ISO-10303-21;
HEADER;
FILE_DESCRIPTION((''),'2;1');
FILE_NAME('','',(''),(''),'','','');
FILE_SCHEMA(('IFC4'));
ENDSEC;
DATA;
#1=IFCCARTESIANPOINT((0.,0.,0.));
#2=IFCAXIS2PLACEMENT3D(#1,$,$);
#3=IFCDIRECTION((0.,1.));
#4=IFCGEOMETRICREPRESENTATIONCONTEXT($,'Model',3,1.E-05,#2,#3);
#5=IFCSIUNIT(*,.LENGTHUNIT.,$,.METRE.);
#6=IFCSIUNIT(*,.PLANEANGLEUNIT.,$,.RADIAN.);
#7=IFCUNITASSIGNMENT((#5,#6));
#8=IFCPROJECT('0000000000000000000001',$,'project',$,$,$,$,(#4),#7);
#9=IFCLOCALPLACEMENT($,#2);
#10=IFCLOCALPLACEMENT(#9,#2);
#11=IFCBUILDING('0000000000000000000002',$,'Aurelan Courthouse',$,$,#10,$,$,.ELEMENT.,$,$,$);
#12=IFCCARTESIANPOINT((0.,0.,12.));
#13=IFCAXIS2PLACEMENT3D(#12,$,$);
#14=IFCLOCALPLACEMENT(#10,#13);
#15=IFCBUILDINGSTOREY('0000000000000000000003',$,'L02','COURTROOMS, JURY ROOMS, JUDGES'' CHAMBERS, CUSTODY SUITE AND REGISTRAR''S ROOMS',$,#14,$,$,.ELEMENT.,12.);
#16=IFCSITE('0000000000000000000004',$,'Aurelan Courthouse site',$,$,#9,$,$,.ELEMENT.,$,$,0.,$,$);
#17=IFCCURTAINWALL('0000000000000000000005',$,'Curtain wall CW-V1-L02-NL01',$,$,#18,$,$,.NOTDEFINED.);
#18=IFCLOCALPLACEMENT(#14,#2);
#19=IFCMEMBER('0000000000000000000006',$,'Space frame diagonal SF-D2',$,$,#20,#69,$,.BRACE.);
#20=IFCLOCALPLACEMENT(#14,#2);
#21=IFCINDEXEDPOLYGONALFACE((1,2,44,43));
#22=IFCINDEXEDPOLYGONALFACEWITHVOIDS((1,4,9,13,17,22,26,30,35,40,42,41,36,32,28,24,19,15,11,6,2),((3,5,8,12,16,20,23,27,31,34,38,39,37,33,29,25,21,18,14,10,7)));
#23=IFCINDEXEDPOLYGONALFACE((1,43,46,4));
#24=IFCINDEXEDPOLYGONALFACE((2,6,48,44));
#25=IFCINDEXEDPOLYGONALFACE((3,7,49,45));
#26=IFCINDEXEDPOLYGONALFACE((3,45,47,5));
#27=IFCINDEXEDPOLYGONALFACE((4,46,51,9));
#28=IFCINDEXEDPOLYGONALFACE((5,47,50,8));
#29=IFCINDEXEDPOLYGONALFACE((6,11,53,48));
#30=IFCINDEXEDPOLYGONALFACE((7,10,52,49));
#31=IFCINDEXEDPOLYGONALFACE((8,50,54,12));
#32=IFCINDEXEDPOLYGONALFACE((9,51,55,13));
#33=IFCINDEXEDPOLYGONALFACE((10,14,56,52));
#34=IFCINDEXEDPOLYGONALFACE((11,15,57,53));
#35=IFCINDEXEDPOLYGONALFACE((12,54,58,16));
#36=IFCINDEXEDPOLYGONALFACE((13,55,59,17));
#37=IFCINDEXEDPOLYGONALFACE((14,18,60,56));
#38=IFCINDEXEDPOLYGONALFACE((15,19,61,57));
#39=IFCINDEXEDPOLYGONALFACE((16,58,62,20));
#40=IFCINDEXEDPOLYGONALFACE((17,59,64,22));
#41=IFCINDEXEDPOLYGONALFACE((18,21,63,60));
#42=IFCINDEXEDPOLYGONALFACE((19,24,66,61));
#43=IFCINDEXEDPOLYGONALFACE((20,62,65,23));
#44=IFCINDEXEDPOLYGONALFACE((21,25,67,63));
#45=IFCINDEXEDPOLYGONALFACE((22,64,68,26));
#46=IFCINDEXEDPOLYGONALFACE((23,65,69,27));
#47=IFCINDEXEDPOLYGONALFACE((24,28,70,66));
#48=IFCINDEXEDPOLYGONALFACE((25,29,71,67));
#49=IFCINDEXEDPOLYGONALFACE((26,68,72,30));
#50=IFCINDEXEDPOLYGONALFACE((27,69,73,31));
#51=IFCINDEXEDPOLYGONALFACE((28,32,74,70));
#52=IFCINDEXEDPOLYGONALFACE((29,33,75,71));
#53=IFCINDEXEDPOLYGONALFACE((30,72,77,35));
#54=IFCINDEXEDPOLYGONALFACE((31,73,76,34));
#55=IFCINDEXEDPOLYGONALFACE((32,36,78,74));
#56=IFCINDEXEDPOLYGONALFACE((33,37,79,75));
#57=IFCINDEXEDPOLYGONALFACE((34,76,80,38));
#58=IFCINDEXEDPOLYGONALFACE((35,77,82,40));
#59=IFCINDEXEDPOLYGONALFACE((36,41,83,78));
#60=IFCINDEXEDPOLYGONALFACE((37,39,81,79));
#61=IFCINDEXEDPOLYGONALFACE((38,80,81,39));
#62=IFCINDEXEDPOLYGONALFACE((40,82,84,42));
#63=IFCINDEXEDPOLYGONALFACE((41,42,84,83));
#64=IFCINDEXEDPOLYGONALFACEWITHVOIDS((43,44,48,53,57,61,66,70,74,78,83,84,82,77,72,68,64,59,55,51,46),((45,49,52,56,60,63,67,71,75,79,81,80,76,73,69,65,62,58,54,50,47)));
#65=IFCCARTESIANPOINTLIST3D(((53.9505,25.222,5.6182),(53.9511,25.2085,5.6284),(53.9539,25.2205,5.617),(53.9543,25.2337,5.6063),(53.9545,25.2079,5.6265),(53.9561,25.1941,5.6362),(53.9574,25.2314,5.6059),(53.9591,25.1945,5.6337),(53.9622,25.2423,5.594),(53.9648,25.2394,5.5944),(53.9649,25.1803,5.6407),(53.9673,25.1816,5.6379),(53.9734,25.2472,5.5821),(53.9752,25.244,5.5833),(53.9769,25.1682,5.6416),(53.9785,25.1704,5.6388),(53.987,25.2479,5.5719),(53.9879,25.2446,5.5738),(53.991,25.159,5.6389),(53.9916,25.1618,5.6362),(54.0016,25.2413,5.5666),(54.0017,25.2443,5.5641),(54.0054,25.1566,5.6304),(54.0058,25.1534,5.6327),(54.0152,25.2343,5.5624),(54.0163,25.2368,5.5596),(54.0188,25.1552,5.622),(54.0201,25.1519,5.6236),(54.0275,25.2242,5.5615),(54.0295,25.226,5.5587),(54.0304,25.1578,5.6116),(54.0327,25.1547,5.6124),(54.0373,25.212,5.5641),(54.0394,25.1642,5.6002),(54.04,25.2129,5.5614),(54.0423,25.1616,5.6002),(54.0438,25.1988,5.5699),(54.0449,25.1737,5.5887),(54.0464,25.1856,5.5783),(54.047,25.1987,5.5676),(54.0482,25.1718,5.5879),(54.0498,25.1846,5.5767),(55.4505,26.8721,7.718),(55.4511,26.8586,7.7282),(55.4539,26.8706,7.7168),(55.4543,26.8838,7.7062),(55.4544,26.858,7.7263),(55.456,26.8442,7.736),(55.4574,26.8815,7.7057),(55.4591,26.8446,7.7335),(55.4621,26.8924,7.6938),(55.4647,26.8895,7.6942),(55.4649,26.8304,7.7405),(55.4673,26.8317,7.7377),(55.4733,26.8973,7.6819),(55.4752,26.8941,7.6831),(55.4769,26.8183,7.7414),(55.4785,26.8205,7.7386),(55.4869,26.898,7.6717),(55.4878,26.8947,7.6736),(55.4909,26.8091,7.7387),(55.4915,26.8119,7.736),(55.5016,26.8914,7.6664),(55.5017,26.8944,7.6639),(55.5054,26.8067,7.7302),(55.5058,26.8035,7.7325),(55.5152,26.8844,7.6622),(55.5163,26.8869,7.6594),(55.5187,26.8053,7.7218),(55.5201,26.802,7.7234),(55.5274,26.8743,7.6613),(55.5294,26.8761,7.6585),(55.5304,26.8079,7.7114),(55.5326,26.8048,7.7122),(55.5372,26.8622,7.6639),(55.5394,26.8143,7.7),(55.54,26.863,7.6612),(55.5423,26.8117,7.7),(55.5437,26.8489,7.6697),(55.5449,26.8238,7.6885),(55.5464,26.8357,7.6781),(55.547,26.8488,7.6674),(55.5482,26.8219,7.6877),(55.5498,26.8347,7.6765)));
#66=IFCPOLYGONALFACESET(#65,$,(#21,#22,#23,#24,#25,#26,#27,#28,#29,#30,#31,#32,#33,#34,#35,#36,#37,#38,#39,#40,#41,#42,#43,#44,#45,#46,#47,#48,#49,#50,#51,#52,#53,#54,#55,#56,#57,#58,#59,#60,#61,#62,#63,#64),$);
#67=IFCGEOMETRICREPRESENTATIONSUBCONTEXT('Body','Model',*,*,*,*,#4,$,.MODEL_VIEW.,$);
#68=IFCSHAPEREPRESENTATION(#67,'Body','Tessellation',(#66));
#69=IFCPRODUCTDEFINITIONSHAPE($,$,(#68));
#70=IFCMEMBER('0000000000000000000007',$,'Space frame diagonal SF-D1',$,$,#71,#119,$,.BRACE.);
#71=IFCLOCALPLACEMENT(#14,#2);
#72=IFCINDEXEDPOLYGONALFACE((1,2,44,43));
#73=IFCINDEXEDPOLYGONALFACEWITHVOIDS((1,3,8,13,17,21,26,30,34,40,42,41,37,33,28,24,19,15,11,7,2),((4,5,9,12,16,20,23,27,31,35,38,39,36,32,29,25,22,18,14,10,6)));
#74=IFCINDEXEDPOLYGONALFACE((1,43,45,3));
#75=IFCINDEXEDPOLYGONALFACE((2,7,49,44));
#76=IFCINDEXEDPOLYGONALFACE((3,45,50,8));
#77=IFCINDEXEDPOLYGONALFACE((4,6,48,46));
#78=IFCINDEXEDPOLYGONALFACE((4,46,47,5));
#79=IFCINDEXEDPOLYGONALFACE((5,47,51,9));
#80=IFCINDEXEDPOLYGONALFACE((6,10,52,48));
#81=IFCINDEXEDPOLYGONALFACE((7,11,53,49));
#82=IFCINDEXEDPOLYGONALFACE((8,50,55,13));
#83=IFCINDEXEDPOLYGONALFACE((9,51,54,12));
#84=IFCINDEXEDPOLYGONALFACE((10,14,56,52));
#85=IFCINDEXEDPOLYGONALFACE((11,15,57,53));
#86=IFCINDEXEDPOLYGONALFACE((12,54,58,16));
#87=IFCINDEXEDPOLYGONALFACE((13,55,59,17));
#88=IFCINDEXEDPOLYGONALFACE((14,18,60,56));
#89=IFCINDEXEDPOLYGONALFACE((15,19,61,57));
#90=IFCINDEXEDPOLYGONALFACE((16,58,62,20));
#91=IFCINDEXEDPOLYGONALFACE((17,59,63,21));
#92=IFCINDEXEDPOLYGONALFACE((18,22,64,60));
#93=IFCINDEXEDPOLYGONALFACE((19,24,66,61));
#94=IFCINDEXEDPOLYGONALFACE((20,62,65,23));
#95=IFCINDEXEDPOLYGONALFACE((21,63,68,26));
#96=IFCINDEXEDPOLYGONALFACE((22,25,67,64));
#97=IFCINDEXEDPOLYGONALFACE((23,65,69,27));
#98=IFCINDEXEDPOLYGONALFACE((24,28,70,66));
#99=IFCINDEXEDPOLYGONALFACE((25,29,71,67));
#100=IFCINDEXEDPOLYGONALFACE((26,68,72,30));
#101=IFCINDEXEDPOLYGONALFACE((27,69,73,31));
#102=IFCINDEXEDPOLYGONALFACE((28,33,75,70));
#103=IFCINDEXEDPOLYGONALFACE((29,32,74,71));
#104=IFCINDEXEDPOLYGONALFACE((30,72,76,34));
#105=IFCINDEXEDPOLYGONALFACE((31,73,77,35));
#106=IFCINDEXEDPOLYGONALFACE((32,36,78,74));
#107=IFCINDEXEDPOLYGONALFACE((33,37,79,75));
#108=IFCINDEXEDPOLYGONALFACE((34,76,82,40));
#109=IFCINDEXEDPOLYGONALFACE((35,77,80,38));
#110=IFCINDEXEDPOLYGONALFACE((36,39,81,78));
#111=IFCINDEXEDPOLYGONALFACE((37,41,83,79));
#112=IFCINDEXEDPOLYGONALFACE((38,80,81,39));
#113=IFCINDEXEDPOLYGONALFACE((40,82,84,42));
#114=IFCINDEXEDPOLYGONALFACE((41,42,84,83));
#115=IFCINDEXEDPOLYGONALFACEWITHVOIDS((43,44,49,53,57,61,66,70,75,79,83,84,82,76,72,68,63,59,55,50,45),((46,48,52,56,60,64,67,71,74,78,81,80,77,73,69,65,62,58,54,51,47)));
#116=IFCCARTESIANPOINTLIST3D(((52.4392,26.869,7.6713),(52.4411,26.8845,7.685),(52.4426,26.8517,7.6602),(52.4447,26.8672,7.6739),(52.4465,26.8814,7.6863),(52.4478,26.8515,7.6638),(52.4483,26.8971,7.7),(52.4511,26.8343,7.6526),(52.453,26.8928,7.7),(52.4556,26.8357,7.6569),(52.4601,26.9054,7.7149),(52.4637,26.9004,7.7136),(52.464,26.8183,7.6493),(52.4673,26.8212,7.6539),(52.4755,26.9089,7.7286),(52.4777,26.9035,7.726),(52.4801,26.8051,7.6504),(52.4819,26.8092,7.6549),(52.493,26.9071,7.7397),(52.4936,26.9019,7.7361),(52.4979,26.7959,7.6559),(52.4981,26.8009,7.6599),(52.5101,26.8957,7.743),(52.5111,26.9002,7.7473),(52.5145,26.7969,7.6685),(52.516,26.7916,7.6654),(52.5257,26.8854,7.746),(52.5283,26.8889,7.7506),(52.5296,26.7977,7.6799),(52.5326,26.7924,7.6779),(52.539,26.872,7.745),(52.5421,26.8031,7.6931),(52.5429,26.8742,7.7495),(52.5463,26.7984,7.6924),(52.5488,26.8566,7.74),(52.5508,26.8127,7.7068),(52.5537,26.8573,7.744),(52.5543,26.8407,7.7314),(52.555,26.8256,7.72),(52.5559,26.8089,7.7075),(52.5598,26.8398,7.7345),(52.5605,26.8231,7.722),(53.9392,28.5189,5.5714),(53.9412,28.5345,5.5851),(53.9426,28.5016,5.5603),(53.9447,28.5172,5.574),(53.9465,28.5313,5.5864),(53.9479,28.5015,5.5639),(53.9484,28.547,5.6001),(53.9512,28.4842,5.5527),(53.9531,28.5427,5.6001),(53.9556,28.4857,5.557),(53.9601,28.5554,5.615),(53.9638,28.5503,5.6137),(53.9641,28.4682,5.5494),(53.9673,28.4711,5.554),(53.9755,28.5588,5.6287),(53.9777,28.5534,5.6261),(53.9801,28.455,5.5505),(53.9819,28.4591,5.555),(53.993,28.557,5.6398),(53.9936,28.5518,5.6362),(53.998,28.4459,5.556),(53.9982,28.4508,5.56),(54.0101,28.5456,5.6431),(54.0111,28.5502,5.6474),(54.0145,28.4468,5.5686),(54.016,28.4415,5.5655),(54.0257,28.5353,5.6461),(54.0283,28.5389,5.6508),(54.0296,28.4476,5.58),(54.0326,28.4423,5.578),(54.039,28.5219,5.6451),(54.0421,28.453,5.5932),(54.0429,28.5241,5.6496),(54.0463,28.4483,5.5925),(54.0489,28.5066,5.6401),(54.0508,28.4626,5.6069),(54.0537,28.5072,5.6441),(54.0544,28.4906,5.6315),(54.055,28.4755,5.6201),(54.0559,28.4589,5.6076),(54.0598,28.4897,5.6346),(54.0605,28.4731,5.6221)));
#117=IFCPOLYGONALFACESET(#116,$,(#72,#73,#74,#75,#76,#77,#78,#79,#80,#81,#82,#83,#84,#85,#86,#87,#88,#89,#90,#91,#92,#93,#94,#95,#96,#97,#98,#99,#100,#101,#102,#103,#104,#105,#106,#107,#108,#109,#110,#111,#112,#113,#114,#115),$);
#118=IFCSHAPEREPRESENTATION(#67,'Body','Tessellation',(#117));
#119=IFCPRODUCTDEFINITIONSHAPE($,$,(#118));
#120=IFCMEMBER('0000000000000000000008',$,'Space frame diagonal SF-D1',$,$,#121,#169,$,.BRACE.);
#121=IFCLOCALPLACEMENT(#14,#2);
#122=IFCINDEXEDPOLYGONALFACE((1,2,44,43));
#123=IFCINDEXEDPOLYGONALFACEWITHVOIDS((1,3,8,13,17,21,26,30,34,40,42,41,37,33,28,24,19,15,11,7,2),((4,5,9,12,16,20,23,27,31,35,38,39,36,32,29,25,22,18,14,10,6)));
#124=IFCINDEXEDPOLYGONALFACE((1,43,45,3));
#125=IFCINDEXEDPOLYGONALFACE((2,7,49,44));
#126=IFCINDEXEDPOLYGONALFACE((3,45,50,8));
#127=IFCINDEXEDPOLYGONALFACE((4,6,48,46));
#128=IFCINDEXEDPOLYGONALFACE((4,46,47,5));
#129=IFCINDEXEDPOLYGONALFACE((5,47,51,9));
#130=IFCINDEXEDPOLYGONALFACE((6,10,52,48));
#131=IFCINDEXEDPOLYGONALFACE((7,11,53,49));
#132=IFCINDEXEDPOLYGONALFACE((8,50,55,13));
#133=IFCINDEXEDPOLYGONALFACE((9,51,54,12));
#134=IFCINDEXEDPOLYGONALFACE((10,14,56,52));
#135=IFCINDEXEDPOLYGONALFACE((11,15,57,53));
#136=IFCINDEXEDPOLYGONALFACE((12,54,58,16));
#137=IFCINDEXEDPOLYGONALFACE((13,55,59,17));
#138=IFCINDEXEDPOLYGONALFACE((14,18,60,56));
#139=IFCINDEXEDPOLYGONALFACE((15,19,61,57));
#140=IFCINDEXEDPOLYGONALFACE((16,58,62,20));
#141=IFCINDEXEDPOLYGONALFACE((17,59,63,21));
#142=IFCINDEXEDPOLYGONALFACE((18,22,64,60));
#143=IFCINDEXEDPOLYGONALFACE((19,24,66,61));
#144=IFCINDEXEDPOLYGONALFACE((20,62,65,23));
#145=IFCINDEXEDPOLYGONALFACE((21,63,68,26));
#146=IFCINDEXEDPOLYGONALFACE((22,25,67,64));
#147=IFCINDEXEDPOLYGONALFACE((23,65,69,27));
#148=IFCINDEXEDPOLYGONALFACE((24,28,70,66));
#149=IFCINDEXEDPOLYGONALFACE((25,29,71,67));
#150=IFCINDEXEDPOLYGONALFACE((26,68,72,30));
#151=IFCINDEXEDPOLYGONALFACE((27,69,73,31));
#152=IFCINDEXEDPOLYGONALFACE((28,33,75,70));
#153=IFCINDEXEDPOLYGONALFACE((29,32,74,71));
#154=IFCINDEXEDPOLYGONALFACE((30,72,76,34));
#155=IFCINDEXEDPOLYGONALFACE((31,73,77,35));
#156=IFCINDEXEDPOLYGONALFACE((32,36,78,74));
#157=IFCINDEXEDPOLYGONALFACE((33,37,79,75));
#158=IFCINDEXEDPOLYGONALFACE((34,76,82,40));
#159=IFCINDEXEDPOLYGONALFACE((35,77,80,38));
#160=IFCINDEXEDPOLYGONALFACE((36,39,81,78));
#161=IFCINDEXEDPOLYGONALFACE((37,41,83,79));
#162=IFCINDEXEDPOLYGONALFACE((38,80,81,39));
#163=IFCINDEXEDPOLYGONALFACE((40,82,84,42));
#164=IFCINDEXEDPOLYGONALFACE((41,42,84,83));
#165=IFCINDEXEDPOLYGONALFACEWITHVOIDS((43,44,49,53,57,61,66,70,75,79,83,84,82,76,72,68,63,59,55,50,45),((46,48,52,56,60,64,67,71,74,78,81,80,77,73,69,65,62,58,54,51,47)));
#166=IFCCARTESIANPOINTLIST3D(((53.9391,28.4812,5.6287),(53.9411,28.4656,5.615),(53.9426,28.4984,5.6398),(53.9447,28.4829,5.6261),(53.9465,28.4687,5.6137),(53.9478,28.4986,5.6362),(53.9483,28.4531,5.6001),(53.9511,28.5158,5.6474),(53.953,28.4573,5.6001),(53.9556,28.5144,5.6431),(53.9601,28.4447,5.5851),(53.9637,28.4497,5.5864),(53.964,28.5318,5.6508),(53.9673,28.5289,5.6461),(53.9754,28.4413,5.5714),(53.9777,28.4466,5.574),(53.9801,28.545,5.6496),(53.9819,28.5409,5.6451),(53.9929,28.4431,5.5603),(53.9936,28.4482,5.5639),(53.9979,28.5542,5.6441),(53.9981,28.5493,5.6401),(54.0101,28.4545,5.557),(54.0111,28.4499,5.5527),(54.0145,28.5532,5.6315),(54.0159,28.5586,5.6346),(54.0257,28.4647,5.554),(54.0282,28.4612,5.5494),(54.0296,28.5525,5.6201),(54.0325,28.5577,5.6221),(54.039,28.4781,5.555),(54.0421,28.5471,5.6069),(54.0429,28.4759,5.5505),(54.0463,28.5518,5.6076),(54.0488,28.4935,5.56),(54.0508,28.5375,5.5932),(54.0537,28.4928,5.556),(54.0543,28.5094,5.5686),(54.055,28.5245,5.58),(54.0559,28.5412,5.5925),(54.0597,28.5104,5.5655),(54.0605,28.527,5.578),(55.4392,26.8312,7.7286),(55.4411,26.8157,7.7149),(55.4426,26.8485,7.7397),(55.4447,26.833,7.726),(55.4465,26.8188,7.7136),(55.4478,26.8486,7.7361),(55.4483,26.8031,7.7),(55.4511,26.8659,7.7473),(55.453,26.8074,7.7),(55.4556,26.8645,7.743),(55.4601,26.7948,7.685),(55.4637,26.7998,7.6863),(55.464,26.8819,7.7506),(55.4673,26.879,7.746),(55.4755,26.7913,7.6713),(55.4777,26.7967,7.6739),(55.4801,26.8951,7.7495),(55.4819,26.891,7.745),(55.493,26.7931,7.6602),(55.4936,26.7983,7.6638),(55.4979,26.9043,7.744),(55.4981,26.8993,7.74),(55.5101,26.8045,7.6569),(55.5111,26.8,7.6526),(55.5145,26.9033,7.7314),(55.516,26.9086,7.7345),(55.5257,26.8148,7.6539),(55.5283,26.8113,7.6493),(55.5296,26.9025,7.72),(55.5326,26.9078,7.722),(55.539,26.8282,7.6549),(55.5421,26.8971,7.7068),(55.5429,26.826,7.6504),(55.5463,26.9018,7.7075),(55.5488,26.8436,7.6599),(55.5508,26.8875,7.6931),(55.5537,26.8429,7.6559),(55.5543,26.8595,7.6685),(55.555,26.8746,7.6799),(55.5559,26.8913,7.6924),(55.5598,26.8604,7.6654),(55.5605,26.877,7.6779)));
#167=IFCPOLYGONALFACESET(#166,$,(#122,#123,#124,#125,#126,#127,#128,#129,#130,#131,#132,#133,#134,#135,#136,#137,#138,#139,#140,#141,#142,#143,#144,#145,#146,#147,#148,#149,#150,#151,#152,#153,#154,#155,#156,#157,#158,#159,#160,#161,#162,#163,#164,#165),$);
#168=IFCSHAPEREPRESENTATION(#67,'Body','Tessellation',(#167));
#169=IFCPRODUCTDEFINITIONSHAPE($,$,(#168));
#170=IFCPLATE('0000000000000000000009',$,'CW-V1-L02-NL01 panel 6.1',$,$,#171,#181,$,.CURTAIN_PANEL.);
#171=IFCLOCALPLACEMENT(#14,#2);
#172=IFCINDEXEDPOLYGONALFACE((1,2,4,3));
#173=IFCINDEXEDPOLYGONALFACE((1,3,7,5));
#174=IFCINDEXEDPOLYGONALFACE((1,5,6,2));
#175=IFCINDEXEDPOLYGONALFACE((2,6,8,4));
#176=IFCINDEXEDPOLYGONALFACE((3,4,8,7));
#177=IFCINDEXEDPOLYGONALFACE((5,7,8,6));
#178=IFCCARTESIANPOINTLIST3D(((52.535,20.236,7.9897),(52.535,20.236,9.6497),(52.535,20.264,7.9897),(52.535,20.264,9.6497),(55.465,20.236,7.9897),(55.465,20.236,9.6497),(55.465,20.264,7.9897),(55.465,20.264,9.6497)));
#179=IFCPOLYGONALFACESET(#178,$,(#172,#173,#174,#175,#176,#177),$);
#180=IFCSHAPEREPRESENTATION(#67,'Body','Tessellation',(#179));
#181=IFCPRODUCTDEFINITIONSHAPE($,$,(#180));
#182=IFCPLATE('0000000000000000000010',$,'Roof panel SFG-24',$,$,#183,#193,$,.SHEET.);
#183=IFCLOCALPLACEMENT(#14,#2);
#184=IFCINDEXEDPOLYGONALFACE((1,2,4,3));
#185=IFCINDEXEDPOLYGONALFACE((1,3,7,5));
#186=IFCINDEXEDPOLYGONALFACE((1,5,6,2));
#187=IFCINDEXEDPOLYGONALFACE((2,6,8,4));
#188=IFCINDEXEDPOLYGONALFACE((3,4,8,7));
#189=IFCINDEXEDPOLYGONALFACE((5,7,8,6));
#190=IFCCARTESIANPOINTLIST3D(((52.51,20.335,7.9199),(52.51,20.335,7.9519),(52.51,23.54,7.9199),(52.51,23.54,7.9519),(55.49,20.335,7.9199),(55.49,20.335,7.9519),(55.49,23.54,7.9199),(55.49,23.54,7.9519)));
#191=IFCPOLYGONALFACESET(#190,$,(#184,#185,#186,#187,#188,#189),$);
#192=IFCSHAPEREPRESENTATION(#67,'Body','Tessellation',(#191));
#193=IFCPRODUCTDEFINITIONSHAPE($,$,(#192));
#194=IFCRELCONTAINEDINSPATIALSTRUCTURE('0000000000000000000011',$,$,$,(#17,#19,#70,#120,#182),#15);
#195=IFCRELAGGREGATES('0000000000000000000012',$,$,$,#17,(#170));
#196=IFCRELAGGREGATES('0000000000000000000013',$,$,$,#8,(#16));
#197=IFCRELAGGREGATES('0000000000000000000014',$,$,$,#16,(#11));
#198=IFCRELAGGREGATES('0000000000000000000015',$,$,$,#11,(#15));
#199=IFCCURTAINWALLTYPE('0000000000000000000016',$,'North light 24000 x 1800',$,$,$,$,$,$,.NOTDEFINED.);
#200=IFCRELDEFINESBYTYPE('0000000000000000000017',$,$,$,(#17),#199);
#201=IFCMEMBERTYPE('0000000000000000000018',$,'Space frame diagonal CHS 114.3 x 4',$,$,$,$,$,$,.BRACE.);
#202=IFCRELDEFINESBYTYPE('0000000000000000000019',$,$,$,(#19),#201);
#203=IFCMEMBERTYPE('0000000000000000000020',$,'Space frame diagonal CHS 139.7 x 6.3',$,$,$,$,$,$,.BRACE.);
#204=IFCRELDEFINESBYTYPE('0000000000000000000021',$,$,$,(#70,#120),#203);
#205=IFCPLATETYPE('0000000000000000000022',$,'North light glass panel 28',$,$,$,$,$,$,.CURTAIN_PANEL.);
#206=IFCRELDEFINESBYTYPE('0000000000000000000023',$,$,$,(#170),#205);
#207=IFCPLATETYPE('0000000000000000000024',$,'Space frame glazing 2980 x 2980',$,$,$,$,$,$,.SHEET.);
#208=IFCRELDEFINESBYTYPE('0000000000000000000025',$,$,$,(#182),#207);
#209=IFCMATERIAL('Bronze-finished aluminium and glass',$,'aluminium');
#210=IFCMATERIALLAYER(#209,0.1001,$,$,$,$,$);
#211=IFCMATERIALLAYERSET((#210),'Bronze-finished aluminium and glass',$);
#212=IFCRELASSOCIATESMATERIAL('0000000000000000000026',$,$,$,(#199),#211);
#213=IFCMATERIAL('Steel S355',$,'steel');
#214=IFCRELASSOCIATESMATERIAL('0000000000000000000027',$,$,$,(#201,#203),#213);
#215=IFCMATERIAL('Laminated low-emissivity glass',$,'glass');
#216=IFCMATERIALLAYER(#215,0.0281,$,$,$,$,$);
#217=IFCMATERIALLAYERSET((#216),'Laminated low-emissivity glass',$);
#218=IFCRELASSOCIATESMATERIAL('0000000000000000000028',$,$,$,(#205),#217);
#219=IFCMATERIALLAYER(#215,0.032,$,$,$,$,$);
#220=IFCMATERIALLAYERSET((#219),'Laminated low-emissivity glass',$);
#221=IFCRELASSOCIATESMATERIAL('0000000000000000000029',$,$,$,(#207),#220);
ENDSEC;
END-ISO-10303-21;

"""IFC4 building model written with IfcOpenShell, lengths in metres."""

from ifc_helpers import new_model, si_unit, direction, frame, origin, origin_2d, place, context, subcontext, project, spatial, rectangle, hollow_circle, extrude, material, layer, layer_set, material_profile, profile_set, type_object, element, aggregate, save


model = new_model("IFC4")

# Units and contexts
model_context = context("Model", 3, precision=1e-05, world=origin(), true_north=direction((0.0, 1.0)))
body_context = subcontext(model_context, "Body", "Model", "MODEL_VIEW")
ifc_project = project(units=[si_unit("LENGTHUNIT", "METRE"), si_unit("PLANEANGLEUNIT", "RADIAN")], contexts=[model_context])

# Site, building, storey
site_placement = place(None, origin())
site = spatial("IfcSite", under=ifc_project, at=site_placement, Name="Aurelan Courthouse site", CompositionType="ELEMENT", RefElevation=0.0)
building_placement = place(site_placement, origin())
building = spatial("IfcBuilding", under=site, at=building_placement, Name="Aurelan Courthouse", CompositionType="ELEMENT")
storey_placement = place(building_placement, frame((0.0, 0.0, 12.0)))
storey = spatial("IfcBuildingStorey", under=building, at=storey_placement, Name="L02", Description="COURTROOMS, JURY ROOMS, JUDGES' CHAMBERS, CUSTODY SUITE AND REGISTRAR'S ROOMS", CompositionType="ELEMENT", Elevation=12.0)

# Curtain wall
ifc_material_1 = material(Name="Bronze-finished aluminium and glass", Category="aluminium")
ifc_layer_1 = layer(ifc_material_1, 0.1001)
ifc_layer_set_1 = layer_set([ifc_layer_1], Name="Bronze-finished aluminium and glass")
curtain_wall_type = type_object("IfcCurtainWallType", Name="North light 24000 x 1800", PredefinedType="NOTDEFINED", material=ifc_layer_set_1)
curtain_wall_placement = place(storey_placement, origin())
curtain_wall = element("IfcCurtainWall", 1, at=curtain_wall_placement, inside=storey, type_object=curtain_wall_type, Name="Curtain wall CW-V1-L02-NL01", PredefinedType="NOTDEFINED")

# Members
ifc_material_2 = material(Name="Steel S355", Category="steel")
ifc_material_profile_1 = material_profile(ifc_material_2, hollow_circle(Radius=0.0571, WallThickness=0.0039, at=origin_2d()), Name="CHS 114.3 x 4")
ifc_profile_set_1 = profile_set([ifc_material_profile_1], Name="Steel S355")
member_type_1 = type_object("IfcMemberType", Name="Space frame diagonal CHS 114.3 x 4", PredefinedType="BRACE", material=ifc_profile_set_1)
for number, where, z_axis, x_axis, name in (
    (2, (55.5, 26.8501, 7.7), (-0.489706, -0.538724, -0.68554), (0.73997, -0.67264, 0.0), "Space frame diagonal SF-D2"),
):
    element("IfcMember", number, at=place(storey_placement, frame(where, z_axis=z_axis, x_axis=x_axis)), inside=storey, type_object=member_type_1, Name=name, PredefinedType="BRACE", context=body_context, shape_type="SweptSolid", body=[
        extrude(hollow_circle(Radius=0.0571, WallThickness=0.0039, at=origin_2d()), origin(), (0.0, 0.0, 1.0), 3.063),
    ])
ifc_material_profile_2 = material_profile(ifc_material_2, hollow_circle(Radius=0.0698, WallThickness=0.0063, at=origin_2d()), Name="CHS 139.7 x 6.3")
ifc_profile_set_2 = profile_set([ifc_material_profile_2], Name="Steel S355")
member_type_2 = type_object("IfcMemberType", Name="Space frame diagonal CHS 139.7 x 6.3", PredefinedType="BRACE", material=ifc_profile_set_2)
for number, where, z_axis, x_axis, name in (
    (3, (52.5, 26.8501, 7.7), (0.489727, 0.538667, -0.685569), (-0.73992, 0.672695, 0.0), "Space frame diagonal SF-D1"),
    (4, (55.5, 26.8501, 7.7), (-0.489727, 0.538667, -0.685569), (-0.73992, -0.672695, 0.0), "Space frame diagonal SF-D1"),
):
    element("IfcMember", number, at=place(storey_placement, frame(where, z_axis=z_axis, x_axis=x_axis)), inside=storey, type_object=member_type_2, Name=name, PredefinedType="BRACE", context=body_context, shape_type="SweptSolid", body=[
        extrude(hollow_circle(Radius=0.0698, WallThickness=0.0063, at=origin_2d()), origin(), (0.0, 0.0, 1.0), 3.063),
    ])

# Plate
ifc_material_3 = material(Name="Laminated low-emissivity glass", Category="glass")
ifc_layer_2 = layer(ifc_material_3, 0.0281)
ifc_layer_set_2 = layer_set([ifc_layer_2], Name="Laminated low-emissivity glass")
plate_type_1 = type_object("IfcPlateType", Name="North light glass panel 28", PredefinedType="CURTAIN_PANEL", material=ifc_layer_set_2)
plate_1_placement = place(storey_placement, frame((54.0, 20.25, 7.9897), z_axis=(0.0, 0.0, 1.0), x_axis=(1.0, 0.0, 0.0)))
plate_1 = element("IfcPlate", 5, at=plate_1_placement, type_object=plate_type_1, Name="CW-V1-L02-NL01 panel 6.1", PredefinedType="CURTAIN_PANEL", context=body_context, shape_type="SweptSolid", body=[
    extrude(rectangle(XDim=2.9299, YDim=0.0281, at=origin_2d()), origin(), (0.0, 0.0, 1.0), 1.6599),
])
aggregate(curtain_wall, [plate_1])

# Plate
ifc_layer_3 = layer(ifc_material_3, 0.032)
ifc_layer_set_3 = layer_set([ifc_layer_3], Name="Laminated low-emissivity glass")
plate_type_2 = type_object("IfcPlateType", Name="Space frame glazing 2980 x 2980", PredefinedType="SHEET", material=ifc_layer_set_3)
plate_2_placement = place(storey_placement, frame((54.0, 21.9375, 7.9199), z_axis=(0.0, 0.0, 1.0), x_axis=(1.0, 0.0, 0.0)))
element("IfcPlate", 6, at=plate_2_placement, inside=storey, type_object=plate_type_2, Name="Roof panel SFG-24", PredefinedType="SHEET", context=body_context, shape_type="SweptSolid", body=[
    extrude(rectangle(XDim=2.98, YDim=3.2051, at=origin_2d()), origin(), (0.0, 0.0, 1.0), 0.032),
])

save(model, "model.ifc")
